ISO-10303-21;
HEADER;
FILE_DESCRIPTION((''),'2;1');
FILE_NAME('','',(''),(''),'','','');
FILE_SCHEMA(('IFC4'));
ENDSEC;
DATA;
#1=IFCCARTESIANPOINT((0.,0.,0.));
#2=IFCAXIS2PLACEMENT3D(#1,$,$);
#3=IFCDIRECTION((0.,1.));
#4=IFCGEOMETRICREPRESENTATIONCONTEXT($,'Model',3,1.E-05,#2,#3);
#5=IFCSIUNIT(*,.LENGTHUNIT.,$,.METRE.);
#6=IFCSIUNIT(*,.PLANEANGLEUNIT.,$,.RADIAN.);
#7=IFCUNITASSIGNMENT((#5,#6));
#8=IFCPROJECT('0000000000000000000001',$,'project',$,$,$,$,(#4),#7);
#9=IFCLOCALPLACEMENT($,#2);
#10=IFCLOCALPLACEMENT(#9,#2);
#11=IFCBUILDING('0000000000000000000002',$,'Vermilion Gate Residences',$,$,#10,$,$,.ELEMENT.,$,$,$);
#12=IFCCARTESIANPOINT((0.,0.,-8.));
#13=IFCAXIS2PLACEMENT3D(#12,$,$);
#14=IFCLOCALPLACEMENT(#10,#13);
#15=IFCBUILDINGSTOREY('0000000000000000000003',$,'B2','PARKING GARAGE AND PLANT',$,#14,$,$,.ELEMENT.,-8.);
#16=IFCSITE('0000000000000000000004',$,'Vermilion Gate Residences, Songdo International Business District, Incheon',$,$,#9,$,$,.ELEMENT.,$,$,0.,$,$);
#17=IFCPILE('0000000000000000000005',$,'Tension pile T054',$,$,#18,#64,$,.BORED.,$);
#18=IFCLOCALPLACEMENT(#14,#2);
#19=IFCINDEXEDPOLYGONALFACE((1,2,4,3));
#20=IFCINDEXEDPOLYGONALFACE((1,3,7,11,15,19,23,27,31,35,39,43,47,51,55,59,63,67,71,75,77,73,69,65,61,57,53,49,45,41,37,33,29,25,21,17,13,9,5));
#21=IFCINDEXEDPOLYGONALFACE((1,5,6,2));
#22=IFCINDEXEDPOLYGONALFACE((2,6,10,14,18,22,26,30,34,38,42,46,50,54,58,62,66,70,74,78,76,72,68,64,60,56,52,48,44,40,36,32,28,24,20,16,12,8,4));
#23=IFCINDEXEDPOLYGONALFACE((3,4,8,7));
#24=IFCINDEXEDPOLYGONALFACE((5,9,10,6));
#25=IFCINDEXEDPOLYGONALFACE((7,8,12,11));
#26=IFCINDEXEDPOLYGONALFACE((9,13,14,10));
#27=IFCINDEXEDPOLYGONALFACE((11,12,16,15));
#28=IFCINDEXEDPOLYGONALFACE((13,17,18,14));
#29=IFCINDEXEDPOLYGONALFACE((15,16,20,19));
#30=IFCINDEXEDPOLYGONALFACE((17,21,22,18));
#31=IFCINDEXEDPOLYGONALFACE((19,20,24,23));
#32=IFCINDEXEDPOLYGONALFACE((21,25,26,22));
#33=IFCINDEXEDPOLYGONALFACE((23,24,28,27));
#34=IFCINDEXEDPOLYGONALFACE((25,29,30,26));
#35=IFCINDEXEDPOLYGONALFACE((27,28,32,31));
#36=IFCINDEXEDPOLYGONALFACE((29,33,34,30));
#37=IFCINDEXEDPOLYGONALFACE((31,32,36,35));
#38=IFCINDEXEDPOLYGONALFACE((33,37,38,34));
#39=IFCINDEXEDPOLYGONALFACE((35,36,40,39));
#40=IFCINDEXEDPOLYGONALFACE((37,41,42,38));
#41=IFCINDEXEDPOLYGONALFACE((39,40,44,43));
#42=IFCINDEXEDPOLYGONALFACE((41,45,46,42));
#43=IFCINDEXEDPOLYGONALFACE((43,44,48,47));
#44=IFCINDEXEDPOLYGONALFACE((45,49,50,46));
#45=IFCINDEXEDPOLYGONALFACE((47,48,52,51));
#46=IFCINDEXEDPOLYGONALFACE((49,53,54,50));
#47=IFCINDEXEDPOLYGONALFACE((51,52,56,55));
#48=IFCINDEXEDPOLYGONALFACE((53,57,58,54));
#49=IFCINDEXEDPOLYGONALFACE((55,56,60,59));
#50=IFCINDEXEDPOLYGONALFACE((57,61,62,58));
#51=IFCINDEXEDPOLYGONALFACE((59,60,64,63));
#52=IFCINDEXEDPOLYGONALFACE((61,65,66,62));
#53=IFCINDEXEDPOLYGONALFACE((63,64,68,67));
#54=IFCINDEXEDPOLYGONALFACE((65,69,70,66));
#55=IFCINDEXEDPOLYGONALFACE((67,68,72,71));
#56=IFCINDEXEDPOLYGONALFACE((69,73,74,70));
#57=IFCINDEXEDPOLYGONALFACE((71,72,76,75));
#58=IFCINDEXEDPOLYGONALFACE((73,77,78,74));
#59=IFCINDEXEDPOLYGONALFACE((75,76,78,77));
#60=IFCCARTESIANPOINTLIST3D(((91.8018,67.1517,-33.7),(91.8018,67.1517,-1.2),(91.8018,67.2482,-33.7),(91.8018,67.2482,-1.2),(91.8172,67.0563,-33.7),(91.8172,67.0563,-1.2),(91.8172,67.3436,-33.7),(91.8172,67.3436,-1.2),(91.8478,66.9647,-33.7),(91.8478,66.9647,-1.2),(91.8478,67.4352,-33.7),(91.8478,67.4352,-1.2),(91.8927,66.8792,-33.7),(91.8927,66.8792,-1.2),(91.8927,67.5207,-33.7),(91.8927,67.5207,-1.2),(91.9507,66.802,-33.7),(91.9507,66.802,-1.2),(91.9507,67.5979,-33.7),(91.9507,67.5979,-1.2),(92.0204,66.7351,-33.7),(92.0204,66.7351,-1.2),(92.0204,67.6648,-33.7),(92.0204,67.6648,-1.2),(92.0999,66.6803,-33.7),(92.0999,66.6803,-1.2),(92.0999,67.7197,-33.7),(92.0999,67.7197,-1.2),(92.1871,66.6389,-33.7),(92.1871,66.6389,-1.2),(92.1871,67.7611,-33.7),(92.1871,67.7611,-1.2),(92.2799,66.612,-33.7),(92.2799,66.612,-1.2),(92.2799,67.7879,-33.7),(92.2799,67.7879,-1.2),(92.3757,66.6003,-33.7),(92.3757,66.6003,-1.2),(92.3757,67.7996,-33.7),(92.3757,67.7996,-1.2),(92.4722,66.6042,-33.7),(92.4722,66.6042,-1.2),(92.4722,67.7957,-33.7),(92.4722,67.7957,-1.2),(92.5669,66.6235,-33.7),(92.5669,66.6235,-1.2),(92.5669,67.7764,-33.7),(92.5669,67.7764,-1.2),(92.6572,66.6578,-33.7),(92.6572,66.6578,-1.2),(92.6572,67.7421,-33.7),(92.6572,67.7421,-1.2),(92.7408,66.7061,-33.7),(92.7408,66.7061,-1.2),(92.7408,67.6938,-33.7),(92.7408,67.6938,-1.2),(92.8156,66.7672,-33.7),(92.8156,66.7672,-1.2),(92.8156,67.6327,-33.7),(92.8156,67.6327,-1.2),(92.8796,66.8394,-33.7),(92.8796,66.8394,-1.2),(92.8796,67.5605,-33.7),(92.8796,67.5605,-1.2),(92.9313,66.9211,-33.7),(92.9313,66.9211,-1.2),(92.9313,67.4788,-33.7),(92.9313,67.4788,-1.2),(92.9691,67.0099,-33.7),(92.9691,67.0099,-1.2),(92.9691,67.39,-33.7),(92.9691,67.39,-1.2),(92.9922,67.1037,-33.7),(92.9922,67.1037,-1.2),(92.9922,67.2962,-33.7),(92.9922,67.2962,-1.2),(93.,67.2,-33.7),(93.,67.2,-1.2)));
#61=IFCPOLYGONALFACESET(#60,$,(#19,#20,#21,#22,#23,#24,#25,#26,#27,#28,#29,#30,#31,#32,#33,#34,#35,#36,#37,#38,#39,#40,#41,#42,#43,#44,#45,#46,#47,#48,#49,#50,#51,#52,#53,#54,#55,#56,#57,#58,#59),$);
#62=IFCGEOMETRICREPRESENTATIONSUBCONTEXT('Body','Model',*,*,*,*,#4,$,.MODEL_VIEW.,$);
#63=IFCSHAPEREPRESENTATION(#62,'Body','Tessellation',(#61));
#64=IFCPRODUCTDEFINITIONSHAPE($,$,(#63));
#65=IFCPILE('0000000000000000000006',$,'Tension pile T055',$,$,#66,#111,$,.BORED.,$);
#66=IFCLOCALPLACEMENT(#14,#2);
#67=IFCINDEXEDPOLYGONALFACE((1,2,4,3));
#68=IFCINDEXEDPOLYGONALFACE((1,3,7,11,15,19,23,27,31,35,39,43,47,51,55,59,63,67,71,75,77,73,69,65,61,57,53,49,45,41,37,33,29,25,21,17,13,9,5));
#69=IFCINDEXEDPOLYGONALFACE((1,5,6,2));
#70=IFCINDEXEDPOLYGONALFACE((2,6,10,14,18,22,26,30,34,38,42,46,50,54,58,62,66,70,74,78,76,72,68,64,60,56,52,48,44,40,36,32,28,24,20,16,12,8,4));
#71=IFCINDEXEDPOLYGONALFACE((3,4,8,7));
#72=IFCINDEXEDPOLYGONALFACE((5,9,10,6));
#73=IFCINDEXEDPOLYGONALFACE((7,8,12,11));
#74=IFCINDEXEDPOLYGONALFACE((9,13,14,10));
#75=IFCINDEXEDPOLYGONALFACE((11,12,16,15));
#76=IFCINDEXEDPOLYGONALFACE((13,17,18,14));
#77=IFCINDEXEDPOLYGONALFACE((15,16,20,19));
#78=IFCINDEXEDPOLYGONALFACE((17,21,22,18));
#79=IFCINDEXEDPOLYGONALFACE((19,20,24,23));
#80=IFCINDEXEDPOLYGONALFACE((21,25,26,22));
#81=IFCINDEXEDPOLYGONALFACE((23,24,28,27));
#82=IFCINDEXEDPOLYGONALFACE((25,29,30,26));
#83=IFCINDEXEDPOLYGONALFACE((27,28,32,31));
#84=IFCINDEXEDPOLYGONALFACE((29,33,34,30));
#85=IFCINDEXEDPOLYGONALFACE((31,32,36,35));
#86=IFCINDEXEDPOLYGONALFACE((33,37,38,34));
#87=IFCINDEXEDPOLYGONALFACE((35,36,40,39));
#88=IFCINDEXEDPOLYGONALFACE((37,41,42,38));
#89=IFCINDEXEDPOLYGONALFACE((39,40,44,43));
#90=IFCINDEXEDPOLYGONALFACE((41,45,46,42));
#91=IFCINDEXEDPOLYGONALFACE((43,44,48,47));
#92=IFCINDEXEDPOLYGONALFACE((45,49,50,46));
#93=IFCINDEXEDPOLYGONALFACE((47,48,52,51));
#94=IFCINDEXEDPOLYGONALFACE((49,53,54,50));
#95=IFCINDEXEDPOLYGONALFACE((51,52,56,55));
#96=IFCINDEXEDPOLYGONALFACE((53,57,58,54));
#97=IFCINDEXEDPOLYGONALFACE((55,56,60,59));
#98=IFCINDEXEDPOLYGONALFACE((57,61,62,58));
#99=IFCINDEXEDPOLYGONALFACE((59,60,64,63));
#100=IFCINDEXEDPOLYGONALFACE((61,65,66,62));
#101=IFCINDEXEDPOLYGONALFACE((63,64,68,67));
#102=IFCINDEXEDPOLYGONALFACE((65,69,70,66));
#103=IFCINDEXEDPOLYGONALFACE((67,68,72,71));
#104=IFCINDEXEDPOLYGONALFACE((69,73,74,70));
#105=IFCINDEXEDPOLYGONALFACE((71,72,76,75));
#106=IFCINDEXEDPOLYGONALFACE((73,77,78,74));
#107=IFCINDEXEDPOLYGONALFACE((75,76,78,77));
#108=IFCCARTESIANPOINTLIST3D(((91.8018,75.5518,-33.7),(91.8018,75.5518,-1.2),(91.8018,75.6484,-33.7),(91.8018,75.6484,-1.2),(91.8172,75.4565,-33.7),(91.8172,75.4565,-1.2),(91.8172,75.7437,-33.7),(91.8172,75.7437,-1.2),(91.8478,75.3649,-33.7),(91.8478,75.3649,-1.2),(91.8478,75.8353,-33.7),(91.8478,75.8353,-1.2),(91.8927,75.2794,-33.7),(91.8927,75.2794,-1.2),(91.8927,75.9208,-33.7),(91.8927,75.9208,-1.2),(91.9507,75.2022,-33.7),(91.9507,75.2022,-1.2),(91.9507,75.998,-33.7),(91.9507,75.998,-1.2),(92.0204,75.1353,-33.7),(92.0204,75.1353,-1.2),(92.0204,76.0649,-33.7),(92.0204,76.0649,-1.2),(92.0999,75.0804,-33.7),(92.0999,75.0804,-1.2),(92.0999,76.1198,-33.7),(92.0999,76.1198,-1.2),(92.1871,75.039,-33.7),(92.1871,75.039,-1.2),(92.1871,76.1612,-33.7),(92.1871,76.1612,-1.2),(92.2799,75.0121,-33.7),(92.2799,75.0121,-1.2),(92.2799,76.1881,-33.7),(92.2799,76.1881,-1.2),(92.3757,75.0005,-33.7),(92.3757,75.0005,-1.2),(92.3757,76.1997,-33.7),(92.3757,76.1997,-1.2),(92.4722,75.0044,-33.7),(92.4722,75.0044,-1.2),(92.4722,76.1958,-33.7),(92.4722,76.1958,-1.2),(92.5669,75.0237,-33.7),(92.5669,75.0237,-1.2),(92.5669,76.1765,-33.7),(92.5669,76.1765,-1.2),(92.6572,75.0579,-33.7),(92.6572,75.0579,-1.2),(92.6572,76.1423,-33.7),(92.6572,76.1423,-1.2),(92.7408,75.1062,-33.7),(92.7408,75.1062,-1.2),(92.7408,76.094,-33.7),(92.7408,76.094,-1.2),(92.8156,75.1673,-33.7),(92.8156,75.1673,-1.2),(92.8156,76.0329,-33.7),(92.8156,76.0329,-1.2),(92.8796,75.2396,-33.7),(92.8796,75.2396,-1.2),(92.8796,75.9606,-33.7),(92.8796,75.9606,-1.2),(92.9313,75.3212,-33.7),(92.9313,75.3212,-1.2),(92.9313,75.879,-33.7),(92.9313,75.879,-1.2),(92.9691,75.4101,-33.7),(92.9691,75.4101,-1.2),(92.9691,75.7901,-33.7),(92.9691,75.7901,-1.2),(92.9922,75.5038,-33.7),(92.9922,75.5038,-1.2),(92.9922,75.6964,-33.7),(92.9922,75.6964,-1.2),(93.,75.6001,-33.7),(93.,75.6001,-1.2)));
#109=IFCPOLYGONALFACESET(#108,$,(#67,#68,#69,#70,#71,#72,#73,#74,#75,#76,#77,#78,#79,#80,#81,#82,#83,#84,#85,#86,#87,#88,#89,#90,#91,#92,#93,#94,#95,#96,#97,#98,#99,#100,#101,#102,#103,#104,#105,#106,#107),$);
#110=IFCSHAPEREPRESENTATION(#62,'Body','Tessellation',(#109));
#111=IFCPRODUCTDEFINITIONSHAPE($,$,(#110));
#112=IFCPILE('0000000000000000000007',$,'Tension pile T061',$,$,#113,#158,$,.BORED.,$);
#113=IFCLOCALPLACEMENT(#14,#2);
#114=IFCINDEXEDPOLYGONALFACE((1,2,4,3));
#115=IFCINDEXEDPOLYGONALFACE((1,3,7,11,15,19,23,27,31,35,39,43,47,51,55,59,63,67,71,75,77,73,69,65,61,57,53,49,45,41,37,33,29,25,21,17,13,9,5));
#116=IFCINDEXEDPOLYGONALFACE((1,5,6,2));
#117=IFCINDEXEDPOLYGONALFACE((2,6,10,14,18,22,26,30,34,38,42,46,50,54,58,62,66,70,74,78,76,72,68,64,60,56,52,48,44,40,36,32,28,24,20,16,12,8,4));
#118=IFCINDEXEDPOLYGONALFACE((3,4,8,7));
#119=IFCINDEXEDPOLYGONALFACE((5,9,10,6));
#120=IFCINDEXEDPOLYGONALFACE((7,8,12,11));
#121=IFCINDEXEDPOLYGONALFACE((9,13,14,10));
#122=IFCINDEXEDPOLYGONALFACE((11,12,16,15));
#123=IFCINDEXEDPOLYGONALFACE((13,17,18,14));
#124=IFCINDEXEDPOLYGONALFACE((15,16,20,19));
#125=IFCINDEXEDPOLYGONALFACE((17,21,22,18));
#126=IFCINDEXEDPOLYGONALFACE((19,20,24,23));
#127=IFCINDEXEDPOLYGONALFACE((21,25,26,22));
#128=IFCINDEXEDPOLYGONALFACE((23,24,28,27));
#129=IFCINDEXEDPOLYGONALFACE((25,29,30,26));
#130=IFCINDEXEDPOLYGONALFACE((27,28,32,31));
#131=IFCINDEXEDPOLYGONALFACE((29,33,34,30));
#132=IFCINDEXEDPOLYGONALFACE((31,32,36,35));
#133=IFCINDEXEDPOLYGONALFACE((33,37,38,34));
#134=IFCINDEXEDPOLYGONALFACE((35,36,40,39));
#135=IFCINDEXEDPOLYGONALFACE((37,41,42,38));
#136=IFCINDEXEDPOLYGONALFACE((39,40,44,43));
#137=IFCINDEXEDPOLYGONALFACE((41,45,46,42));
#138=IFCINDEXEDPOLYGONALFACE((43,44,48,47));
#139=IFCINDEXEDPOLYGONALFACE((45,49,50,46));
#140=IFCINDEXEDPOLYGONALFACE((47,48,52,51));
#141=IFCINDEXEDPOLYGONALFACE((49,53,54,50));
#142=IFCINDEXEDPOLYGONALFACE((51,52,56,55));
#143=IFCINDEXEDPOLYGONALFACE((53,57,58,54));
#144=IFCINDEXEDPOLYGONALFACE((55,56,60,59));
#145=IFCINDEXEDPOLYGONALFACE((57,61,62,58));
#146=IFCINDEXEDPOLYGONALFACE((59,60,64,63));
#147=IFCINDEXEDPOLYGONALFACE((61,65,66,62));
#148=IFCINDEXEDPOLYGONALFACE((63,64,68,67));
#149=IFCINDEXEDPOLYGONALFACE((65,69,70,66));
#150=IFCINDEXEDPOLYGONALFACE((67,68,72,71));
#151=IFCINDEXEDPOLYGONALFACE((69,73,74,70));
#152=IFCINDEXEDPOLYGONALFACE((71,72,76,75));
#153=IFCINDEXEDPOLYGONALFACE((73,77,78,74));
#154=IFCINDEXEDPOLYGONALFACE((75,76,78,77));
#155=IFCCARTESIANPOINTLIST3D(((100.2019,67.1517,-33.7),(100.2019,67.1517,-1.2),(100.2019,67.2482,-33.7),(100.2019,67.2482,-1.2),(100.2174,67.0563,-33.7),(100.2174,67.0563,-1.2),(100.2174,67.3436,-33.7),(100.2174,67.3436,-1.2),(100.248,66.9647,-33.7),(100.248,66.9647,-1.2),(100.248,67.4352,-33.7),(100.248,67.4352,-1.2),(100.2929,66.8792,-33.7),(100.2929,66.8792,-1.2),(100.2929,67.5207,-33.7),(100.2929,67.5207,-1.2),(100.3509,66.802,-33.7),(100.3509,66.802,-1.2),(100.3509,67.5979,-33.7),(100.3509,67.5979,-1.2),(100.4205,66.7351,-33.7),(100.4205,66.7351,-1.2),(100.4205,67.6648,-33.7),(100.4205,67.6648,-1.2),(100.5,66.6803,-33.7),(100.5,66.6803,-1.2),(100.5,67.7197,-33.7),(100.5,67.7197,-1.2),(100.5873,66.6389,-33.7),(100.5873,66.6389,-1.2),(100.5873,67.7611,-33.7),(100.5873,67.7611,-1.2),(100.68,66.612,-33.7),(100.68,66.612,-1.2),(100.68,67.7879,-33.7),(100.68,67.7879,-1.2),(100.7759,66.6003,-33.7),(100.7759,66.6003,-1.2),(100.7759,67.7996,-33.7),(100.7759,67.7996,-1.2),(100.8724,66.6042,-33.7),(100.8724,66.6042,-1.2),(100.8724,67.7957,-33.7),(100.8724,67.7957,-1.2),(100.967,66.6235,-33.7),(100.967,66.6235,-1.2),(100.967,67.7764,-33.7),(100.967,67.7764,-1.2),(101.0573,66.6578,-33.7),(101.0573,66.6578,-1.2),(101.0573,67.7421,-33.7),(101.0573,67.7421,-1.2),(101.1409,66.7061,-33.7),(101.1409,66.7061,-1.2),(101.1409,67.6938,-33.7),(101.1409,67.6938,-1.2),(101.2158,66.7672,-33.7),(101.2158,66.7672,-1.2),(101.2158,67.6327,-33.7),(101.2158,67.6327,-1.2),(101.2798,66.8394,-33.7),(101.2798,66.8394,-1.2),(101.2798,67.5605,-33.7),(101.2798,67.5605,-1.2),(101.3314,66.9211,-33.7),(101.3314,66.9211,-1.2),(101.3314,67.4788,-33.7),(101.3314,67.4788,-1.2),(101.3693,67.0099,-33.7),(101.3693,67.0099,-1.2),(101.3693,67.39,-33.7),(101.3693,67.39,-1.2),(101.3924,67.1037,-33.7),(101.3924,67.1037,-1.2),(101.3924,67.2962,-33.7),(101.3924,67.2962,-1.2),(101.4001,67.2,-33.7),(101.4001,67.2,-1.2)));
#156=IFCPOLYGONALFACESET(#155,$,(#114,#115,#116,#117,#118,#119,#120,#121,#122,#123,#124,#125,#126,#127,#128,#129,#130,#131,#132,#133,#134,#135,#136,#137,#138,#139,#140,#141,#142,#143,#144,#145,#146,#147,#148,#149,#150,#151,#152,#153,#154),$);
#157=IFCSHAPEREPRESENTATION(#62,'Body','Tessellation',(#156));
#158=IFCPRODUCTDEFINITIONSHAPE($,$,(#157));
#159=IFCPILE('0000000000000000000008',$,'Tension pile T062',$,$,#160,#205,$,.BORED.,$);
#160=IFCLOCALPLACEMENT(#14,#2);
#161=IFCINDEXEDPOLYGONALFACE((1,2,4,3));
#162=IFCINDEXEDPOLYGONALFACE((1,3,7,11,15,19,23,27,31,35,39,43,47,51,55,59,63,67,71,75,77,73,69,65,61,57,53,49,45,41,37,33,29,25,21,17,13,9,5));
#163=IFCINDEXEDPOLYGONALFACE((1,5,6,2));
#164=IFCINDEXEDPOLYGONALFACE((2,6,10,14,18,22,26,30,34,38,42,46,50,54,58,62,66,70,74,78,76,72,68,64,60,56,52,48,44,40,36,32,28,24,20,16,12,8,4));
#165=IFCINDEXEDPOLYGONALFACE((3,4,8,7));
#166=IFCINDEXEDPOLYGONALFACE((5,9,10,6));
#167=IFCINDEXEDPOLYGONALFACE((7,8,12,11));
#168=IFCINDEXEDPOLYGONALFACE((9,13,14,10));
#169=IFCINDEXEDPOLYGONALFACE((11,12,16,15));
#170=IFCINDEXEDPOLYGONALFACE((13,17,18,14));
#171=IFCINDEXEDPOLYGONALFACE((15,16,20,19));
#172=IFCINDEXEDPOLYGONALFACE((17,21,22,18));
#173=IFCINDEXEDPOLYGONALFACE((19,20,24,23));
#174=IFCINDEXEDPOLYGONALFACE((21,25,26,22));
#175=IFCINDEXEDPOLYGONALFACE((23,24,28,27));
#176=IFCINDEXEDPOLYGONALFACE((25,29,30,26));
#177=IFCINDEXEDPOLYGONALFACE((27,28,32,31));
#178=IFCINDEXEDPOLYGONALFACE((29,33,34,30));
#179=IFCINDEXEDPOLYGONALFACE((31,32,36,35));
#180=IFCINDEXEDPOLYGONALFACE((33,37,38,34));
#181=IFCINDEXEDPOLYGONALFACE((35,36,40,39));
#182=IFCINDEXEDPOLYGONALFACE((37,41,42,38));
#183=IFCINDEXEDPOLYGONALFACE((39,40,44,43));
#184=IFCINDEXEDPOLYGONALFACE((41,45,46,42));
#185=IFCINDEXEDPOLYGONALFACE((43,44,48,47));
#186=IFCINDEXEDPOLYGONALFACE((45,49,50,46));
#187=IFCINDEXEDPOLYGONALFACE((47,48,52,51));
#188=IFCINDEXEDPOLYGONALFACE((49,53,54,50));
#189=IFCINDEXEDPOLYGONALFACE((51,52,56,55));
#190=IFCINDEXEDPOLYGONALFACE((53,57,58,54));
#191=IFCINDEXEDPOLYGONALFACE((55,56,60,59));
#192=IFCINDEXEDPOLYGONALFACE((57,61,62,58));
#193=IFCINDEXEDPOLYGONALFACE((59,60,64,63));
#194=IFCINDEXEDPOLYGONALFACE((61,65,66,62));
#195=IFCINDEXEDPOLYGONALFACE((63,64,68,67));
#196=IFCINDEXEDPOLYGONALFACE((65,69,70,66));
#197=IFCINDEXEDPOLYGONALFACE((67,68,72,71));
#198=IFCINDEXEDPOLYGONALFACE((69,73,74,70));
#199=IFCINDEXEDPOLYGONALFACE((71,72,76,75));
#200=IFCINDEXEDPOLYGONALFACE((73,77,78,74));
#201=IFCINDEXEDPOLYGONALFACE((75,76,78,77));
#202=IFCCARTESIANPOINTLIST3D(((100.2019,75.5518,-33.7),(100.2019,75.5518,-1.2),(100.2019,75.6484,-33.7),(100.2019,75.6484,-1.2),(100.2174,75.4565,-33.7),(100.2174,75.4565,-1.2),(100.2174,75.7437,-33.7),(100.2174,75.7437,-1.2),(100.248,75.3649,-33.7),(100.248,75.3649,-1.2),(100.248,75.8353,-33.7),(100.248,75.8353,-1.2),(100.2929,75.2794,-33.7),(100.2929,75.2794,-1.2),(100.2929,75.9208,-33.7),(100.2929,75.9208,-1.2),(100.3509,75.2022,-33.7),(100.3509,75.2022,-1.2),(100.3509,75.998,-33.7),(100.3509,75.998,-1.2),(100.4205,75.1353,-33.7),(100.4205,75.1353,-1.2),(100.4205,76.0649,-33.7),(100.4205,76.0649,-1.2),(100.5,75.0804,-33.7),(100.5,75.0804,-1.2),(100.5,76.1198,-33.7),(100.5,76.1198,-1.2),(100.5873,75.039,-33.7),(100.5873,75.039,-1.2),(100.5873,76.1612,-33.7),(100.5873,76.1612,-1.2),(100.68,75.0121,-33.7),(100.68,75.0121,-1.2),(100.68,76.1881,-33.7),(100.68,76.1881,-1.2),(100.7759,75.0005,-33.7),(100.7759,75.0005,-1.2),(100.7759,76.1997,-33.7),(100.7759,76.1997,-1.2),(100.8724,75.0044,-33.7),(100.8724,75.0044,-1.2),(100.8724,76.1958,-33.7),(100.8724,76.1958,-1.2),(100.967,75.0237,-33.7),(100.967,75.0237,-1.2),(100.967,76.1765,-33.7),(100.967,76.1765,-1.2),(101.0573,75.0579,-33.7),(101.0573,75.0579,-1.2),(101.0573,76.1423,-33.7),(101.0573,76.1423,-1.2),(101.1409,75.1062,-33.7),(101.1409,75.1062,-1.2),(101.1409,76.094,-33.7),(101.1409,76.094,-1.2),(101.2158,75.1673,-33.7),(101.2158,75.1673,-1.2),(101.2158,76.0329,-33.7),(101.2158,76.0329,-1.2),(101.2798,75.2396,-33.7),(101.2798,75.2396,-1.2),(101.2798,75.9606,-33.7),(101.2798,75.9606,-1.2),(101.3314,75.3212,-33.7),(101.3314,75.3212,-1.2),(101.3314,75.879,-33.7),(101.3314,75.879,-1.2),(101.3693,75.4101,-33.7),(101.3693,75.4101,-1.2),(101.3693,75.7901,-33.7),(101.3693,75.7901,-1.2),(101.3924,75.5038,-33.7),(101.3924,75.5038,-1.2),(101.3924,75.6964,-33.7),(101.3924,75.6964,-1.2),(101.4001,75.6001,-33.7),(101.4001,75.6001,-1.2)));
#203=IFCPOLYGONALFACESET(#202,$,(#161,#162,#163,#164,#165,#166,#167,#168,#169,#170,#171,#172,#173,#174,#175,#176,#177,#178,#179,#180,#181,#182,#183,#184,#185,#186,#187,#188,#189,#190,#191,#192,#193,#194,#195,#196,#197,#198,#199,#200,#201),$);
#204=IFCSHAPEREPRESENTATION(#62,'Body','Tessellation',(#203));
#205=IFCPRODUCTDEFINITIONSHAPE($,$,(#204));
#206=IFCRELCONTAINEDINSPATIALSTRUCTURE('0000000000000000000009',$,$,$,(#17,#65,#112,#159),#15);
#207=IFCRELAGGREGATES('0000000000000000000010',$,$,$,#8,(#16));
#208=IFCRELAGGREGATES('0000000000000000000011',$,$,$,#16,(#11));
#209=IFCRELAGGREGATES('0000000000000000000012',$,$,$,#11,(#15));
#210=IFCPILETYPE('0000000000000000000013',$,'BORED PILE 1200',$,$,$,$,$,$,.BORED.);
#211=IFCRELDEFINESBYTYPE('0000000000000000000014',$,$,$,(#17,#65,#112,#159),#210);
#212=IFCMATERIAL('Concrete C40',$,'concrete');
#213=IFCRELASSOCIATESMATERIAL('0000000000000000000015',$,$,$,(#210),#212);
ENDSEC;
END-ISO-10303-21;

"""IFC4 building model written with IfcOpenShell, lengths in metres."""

from ifc_helpers import new_model, si_unit, direction, frame, origin, origin_2d, place, context, subcontext, project, spatial, circle, extrude, material, material_profile, profile_set, type_object, element, save


model = new_model("IFC4")

# Units and contexts
model_context = context("Model", 3, precision=1e-05, world=origin(), true_north=direction((0.0, 1.0)))
body_context = subcontext(model_context, "Body", "Model", "MODEL_VIEW")
ifc_project = project(units=[si_unit("LENGTHUNIT", "METRE"), si_unit("PLANEANGLEUNIT", "RADIAN")], contexts=[model_context])

# Site, building, storey
site_placement = place(None, origin())
site = spatial("IfcSite", under=ifc_project, at=site_placement, Name="Vermilion Gate Residences, Songdo International Business District, Incheon", CompositionType="ELEMENT", RefElevation=0.0)
building_placement = place(site_placement, origin())
building = spatial("IfcBuilding", under=site, at=building_placement, Name="Vermilion Gate Residences", CompositionType="ELEMENT")
storey_placement = place(building_placement, frame((0.0, 0.0, -8.0)))
storey = spatial("IfcBuildingStorey", under=building, at=storey_placement, Name="B2", Description="PARKING GARAGE AND PLANT", CompositionType="ELEMENT", Elevation=-8.0)

# Piles
ifc_material_1 = material(Name="Concrete C40", Category="concrete")
ifc_material_profile_1 = material_profile(ifc_material_1, circle(Radius=0.6001, at=origin_2d()), Name="BORED PILE 1200")
ifc_profile_set_1 = profile_set([ifc_material_profile_1], Name="Concrete C40")
pile_type = type_object("IfcPileType", Name="BORED PILE 1200", PredefinedType="BORED", material=ifc_profile_set_1)
for number, where, z_axis, x_axis, name in (
    (1, (92.3999, 67.2, -1.2), (0.0, 0.0, -1.0), (1.0, 0.0, 0.0), "Tension pile T054"),
    (2, (92.3999, 75.6001, -1.2), (0.0, 0.0, -1.0), (1.0, 0.0, 0.0), "Tension pile T055"),
    (3, (100.8, 67.2, -1.2), (0.0, 0.0, -1.0), (1.0, 0.0, 0.0), "Tension pile T061"),
    (4, (100.8, 75.6001, -1.2), (0.0, 0.0, -1.0), (1.0, 0.0, 0.0), "Tension pile T062"),
):
    element("IfcPile", number, at=place(storey_placement, frame(where, z_axis=z_axis, x_axis=x_axis)), inside=storey, type_object=pile_type, Name=name, PredefinedType="BORED", context=body_context, shape_type="SweptSolid", body=[
        extrude(circle(Radius=0.6001, at=origin_2d()), origin(), (0.0, 0.0, 1.0), 32.5),
    ])

save(model, "model.ifc")
